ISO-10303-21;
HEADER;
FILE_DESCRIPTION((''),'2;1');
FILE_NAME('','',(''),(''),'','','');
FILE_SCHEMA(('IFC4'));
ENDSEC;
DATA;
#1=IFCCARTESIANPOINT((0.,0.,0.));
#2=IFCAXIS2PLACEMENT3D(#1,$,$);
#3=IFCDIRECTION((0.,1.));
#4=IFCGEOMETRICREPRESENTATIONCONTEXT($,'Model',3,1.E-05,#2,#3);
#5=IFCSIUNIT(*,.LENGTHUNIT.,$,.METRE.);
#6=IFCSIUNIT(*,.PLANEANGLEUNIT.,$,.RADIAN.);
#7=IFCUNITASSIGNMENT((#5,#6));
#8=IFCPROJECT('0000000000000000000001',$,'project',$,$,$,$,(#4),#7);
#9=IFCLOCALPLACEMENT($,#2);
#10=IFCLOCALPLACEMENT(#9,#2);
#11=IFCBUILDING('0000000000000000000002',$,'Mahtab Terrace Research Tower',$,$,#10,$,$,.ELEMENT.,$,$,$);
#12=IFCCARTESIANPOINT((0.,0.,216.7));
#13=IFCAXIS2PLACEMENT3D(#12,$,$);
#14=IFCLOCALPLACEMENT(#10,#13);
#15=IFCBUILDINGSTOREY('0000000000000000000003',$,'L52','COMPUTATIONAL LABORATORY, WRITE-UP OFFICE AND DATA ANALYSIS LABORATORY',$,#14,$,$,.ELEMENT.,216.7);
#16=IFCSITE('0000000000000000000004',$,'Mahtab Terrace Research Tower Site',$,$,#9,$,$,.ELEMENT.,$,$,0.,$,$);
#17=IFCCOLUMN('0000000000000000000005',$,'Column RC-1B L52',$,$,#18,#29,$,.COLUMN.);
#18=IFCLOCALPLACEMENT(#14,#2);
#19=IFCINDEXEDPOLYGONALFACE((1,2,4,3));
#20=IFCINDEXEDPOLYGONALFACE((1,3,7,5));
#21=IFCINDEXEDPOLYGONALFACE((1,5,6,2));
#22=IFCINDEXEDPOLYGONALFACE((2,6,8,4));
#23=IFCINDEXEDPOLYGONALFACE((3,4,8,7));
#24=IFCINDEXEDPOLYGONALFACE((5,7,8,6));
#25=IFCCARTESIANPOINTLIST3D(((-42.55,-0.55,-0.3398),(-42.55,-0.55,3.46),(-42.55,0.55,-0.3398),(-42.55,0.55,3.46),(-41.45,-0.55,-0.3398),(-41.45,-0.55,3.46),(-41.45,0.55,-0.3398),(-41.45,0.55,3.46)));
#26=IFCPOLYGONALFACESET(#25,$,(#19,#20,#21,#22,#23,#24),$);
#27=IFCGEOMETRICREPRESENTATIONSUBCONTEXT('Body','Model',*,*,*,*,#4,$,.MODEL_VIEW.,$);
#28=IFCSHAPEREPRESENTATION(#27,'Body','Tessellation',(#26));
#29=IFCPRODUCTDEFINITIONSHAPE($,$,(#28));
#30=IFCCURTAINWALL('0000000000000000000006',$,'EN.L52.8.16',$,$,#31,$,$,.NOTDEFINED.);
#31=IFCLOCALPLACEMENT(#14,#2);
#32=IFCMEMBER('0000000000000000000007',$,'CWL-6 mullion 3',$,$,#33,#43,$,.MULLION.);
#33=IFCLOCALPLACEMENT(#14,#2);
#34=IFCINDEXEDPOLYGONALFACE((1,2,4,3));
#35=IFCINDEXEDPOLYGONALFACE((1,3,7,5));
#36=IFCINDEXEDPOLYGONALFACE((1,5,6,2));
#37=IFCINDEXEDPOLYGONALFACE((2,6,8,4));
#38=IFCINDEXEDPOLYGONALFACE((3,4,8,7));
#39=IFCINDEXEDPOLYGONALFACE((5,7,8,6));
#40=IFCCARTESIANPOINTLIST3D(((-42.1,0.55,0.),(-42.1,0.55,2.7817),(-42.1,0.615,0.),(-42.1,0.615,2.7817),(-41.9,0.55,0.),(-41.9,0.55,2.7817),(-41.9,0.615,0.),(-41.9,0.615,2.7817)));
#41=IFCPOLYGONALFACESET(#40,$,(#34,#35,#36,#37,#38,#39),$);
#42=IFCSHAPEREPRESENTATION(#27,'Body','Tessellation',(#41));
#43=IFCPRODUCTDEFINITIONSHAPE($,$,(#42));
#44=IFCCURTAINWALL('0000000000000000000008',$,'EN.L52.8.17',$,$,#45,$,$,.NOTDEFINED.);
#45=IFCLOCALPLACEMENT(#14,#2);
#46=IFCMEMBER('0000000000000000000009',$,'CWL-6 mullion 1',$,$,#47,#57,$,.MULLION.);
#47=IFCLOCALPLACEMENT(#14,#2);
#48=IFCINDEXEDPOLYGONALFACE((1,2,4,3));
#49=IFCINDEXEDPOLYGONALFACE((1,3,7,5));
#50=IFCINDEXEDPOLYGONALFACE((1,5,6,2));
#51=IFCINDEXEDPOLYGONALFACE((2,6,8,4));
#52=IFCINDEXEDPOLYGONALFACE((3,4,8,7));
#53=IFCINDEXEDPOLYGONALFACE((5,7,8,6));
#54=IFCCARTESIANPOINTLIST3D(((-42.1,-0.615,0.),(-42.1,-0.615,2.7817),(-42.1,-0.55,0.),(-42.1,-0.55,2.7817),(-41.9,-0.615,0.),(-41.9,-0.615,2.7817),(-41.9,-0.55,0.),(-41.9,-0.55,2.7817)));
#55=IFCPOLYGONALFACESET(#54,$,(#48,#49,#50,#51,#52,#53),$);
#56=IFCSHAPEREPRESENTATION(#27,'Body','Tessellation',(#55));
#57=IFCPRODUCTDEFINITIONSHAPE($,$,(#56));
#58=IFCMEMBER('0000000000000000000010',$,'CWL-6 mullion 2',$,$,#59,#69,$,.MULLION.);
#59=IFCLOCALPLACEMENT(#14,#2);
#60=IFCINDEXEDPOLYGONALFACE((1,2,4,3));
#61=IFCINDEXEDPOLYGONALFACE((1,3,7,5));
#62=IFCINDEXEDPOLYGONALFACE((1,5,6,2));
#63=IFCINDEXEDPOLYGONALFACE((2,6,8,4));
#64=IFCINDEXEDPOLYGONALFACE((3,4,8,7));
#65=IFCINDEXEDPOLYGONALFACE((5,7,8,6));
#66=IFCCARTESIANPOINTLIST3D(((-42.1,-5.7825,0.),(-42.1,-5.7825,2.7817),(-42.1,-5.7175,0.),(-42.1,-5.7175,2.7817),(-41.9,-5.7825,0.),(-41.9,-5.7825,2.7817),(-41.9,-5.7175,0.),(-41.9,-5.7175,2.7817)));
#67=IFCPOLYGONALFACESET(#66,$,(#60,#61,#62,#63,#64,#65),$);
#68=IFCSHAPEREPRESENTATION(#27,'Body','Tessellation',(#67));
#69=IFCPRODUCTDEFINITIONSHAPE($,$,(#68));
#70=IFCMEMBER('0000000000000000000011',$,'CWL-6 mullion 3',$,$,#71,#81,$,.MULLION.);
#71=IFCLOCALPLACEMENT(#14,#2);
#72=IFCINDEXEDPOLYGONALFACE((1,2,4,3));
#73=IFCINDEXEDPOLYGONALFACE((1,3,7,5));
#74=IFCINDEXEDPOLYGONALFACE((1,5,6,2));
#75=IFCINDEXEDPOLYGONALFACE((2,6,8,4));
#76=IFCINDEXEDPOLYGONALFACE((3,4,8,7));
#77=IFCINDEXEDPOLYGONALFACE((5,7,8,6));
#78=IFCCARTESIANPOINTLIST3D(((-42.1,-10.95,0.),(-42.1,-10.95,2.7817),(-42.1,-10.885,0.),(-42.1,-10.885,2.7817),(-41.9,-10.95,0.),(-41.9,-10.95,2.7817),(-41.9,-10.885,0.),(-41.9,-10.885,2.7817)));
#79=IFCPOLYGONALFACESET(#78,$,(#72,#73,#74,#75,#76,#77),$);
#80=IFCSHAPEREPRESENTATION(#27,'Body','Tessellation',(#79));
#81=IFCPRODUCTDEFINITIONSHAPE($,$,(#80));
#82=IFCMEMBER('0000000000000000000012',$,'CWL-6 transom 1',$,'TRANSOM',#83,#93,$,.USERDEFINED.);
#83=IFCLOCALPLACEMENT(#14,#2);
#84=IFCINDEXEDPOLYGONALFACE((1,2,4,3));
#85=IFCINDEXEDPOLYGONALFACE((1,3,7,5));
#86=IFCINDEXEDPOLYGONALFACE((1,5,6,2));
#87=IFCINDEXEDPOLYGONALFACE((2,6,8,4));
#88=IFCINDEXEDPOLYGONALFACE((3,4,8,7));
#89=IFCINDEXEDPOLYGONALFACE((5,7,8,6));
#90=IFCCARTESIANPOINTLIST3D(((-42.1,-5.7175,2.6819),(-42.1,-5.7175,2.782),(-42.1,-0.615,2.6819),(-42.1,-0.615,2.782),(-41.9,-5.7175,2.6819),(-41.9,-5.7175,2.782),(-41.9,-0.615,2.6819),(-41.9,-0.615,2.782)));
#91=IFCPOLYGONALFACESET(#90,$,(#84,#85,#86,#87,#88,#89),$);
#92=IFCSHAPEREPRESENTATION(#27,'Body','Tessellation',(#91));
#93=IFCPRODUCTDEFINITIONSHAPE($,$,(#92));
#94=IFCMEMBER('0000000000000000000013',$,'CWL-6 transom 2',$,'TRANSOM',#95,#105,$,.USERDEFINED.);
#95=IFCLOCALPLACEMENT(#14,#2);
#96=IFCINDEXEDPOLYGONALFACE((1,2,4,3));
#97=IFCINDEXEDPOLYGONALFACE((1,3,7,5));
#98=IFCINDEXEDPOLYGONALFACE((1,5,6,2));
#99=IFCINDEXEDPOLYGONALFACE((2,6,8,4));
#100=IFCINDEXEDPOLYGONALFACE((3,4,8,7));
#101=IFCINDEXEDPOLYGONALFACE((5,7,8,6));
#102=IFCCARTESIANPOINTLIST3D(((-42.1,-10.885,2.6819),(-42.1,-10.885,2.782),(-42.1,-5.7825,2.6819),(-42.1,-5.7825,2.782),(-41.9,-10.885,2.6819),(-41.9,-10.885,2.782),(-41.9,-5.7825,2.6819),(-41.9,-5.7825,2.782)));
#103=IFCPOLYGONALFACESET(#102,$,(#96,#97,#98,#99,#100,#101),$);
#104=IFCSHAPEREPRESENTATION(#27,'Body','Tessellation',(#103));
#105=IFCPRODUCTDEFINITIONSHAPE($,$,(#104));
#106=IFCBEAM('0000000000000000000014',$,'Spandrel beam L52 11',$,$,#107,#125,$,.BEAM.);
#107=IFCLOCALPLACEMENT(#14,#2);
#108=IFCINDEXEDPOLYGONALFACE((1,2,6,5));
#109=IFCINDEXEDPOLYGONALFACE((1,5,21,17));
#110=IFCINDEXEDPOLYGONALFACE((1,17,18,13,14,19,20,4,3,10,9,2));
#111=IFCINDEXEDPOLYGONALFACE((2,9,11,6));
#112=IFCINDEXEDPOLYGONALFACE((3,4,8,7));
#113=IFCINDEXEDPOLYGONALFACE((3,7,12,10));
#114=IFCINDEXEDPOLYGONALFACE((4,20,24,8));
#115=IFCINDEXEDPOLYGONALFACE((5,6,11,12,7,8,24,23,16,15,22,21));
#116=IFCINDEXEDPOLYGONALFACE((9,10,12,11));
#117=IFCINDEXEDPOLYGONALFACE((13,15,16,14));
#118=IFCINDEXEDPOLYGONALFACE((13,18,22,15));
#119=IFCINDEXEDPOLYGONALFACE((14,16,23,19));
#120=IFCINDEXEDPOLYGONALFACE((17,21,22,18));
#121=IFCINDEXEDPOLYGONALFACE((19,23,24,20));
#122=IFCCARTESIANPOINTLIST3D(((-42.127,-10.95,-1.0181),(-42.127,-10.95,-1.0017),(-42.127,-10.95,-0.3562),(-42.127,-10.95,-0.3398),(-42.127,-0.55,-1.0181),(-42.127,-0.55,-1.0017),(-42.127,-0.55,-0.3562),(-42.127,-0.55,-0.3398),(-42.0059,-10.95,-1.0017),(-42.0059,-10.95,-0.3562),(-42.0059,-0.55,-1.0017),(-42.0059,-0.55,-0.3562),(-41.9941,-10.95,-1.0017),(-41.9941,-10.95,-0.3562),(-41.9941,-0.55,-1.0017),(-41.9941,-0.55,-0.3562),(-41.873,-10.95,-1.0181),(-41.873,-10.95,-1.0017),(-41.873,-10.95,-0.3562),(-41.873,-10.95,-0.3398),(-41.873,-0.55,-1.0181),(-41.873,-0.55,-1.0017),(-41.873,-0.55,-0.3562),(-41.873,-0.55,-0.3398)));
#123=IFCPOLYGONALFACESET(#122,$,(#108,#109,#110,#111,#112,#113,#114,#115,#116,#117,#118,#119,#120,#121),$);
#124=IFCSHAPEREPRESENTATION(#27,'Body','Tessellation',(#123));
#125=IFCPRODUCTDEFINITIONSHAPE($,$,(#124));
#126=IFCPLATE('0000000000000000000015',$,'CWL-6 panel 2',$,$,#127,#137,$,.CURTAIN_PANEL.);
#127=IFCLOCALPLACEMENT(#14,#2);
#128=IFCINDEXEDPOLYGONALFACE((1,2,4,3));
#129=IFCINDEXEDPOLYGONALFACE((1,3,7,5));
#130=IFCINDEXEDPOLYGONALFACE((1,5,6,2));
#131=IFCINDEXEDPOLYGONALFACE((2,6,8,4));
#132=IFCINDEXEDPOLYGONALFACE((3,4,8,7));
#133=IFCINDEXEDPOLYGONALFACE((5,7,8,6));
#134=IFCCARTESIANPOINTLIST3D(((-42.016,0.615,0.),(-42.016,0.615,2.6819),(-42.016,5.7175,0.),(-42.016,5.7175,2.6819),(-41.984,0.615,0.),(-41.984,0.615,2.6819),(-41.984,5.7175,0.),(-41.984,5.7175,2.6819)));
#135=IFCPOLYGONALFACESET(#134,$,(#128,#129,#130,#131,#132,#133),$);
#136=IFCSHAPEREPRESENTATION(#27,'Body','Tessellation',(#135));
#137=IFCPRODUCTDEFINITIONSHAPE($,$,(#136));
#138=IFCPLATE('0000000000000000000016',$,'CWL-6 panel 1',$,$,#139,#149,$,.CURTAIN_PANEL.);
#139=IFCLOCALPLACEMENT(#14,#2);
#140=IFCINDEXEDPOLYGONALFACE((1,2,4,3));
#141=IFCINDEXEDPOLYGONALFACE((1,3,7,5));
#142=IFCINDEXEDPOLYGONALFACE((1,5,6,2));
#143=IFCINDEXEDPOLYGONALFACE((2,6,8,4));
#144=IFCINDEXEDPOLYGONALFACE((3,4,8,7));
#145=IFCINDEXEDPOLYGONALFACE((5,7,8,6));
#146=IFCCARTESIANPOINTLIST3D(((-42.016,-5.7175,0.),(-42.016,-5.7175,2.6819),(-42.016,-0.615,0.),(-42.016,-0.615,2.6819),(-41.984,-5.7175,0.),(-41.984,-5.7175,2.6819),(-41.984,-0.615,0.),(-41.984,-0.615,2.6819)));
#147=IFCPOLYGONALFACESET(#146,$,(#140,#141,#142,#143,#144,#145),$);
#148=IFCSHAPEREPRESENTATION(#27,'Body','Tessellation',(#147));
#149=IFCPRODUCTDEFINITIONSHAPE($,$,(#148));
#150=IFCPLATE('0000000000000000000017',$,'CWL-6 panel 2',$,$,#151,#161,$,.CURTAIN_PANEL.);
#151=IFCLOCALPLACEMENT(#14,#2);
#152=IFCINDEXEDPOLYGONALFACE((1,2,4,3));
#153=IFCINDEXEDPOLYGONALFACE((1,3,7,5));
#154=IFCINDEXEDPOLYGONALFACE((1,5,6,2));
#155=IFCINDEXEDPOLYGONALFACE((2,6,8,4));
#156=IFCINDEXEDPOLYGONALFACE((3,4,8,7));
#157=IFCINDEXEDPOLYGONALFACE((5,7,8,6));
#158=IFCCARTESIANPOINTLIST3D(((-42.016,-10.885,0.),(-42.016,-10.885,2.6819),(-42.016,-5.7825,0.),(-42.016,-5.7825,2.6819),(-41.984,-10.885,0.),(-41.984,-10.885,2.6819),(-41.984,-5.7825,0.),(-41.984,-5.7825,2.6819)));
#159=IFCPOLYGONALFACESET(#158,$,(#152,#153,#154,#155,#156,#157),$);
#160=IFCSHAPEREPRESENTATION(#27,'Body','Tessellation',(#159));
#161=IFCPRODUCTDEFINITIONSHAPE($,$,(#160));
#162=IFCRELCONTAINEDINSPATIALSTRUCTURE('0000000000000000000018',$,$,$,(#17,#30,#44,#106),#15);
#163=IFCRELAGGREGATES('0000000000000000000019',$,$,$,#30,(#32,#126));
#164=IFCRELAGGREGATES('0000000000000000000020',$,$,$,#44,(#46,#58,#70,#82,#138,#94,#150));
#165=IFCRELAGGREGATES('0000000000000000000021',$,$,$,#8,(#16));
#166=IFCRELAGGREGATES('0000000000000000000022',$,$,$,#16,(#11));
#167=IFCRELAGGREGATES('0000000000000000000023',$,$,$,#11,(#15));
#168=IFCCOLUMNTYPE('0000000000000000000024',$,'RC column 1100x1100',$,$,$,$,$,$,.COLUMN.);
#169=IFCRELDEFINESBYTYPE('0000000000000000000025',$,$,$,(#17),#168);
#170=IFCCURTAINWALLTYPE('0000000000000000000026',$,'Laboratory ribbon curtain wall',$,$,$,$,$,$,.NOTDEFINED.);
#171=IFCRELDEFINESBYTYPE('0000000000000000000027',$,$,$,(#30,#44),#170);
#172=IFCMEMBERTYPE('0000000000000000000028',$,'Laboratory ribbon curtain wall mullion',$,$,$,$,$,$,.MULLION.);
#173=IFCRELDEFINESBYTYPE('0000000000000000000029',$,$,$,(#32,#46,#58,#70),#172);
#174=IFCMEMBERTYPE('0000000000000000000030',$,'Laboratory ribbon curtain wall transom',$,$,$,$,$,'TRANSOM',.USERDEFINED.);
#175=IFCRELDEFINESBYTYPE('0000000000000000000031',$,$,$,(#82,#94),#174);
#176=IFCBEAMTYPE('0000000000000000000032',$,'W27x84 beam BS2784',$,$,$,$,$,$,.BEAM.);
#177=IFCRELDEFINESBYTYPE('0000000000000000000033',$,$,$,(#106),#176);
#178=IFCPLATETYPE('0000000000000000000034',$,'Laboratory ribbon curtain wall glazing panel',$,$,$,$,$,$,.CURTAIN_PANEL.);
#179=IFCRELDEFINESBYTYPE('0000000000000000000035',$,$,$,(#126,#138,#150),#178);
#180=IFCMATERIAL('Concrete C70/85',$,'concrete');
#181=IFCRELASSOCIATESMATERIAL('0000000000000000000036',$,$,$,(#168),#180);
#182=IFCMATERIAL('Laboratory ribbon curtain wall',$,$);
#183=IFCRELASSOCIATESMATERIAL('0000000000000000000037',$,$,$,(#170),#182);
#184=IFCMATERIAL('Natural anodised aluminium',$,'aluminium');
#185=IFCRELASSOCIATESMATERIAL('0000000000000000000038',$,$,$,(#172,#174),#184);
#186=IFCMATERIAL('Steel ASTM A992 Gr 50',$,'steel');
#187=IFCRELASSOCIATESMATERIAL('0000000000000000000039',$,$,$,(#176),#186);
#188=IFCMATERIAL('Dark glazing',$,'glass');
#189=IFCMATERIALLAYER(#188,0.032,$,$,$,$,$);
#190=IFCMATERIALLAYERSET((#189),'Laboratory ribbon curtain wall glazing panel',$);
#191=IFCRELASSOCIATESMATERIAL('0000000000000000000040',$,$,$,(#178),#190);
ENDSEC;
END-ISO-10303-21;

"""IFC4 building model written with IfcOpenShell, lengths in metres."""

from ifc_helpers import new_model, si_unit, direction, frame, origin, origin_2d, place, context, subcontext, project, spatial, rectangle, i_section, extrude, material, layer, layer_set, material_profile, profile_set, type_object, element, aggregate, save


model = new_model("IFC4")

# Units and contexts
model_context = context("Model", 3, precision=1e-05, world=origin(), true_north=direction((0.0, 1.0)))
body_context = subcontext(model_context, "Body", "Model", "MODEL_VIEW")
ifc_project = project(units=[si_unit("LENGTHUNIT", "METRE"), si_unit("PLANEANGLEUNIT", "RADIAN")], contexts=[model_context])

# Site, building, storey
site_placement = place(None, origin())
site = spatial("IfcSite", under=ifc_project, at=site_placement, Name="Mahtab Terrace Research Tower Site", CompositionType="ELEMENT", RefElevation=0.0)
building_placement = place(site_placement, origin())
building = spatial("IfcBuilding", under=site, at=building_placement, Name="Mahtab Terrace Research Tower", CompositionType="ELEMENT")
storey_placement = place(building_placement, frame((0.0, 0.0, 216.7)))
storey = spatial("IfcBuildingStorey", under=building, at=storey_placement, Name="L52", Description="COMPUTATIONAL LABORATORY, WRITE-UP OFFICE AND DATA ANALYSIS LABORATORY", CompositionType="ELEMENT", Elevation=216.7)

# Column
ifc_material_1 = material(Name="Concrete C70/85", Category="concrete")
ifc_material_profile_1 = material_profile(ifc_material_1, rectangle(XDim=1.1001, YDim=1.1001, at=origin_2d()), Name="RC column 1100x1100")
ifc_profile_set_1 = profile_set([ifc_material_profile_1], Name="Concrete C70/85")
column_type = type_object("IfcColumnType", Name="RC column 1100x1100", PredefinedType="COLUMN", material=ifc_profile_set_1)
column_placement = place(storey_placement, frame((-42.0, 0.0, -0.3398), z_axis=(0.0, 0.0, 1.0), x_axis=(1.0, 0.0, 0.0)))
element("IfcColumn", 1, at=column_placement, inside=storey, type_object=column_type, Name="Column RC-1B L52", PredefinedType="COLUMN", context=body_context, shape_type="SweptSolid", body=[
    extrude(rectangle(XDim=1.1001, YDim=1.1001, at=origin_2d()), origin(), (0.0, 0.0, 1.0), 3.7998),
])

# Curtain wall, member
ifc_material_2 = material(Name="Laboratory ribbon curtain wall")
curtain_wall_type = type_object("IfcCurtainWallType", Name="Laboratory ribbon curtain wall", PredefinedType="NOTDEFINED", material=ifc_material_2)
curtain_wall_1_placement = place(storey_placement, origin())
curtain_wall_1 = element("IfcCurtainWall", 2, at=curtain_wall_1_placement, inside=storey, type_object=curtain_wall_type, Name="EN.L52.8.16", PredefinedType="NOTDEFINED")
ifc_material_3 = material(Name="Natural anodised aluminium", Category="aluminium")
ifc_material_profile_2 = material_profile(ifc_material_3, rectangle(XDim=0.2, YDim=0.0649, at=origin_2d()), Name="MULLION 65x200")
ifc_profile_set_2 = profile_set([ifc_material_profile_2], Name="Natural anodised aluminium")
member_type_1 = type_object("IfcMemberType", Name="Laboratory ribbon curtain wall mullion", PredefinedType="MULLION", material=ifc_profile_set_2)
member_1_placement = place(storey_placement, frame((-42.0, 0.5825, 0.0), z_axis=(0.0, 0.0, 1.0), x_axis=(1.0, 0.0, 0.0)))
member_1 = element("IfcMember", 3, at=member_1_placement, type_object=member_type_1, Name="CWL-6 mullion 3", PredefinedType="MULLION", context=body_context, shape_type="SweptSolid", body=[
    extrude(rectangle(XDim=0.2, YDim=0.0649, at=origin_2d()), origin(), (0.0, 0.0, 1.0), 2.7817),
])

# Curtain wall, members
curtain_wall_2_placement = place(storey_placement, origin())
curtain_wall_2 = element("IfcCurtainWall", 4, at=curtain_wall_2_placement, inside=storey, type_object=curtain_wall_type, Name="EN.L52.8.17", PredefinedType="NOTDEFINED")
member_2_placement = place(storey_placement, frame((-42.0, -0.5825, 0.0), z_axis=(0.0, 0.0, 1.0), x_axis=(1.0, 0.0, 0.0)))
member_2 = element("IfcMember", 5, at=member_2_placement, type_object=member_type_1, Name="CWL-6 mullion 1", PredefinedType="MULLION", context=body_context, shape_type="SweptSolid", body=[
    extrude(rectangle(XDim=0.2, YDim=0.0649, at=origin_2d()), origin(), (0.0, 0.0, 1.0), 2.7817),
])
member_3_placement = place(storey_placement, frame((-42.0, -5.75, 0.0), z_axis=(0.0, 0.0, 1.0), x_axis=(1.0, 0.0, 0.0)))
member_3 = element("IfcMember", 6, at=member_3_placement, type_object=member_type_1, Name="CWL-6 mullion 2", PredefinedType="MULLION", context=body_context, shape_type="SweptSolid", body=[
    extrude(rectangle(XDim=0.2, YDim=0.0649, at=origin_2d()), origin(), (0.0, 0.0, 1.0), 2.7817),
])
member_4_placement = place(storey_placement, frame((-42.0, -10.9175, 0.0), z_axis=(0.0, 0.0, 1.0), x_axis=(1.0, 0.0, 0.0)))
member_4 = element("IfcMember", 7, at=member_4_placement, type_object=member_type_1, Name="CWL-6 mullion 3", PredefinedType="MULLION", context=body_context, shape_type="SweptSolid", body=[
    extrude(rectangle(XDim=0.2, YDim=0.0649, at=origin_2d()), origin(), (0.0, 0.0, 1.0), 2.7817),
])
ifc_material_profile_3 = material_profile(ifc_material_3, rectangle(XDim=0.2, YDim=0.1001, at=origin_2d()), Name="TRANSOM 100x200")
ifc_profile_set_3 = profile_set([ifc_material_profile_3], Name="Natural anodised aluminium")
member_type_2 = type_object("IfcMemberType", Name="Laboratory ribbon curtain wall transom", ElementType="TRANSOM", PredefinedType="USERDEFINED", material=ifc_profile_set_3)
member_5_placement = place(storey_placement, frame((-42.0, -0.615, 2.7319), z_axis=(0.0, -1.0, 0.0), x_axis=(1.0, 0.0, 0.0)))
member_5 = element("IfcMember", 8, at=member_5_placement, type_object=member_type_2, Name="CWL-6 transom 1", ObjectType="TRANSOM", PredefinedType="USERDEFINED", context=body_context, shape_type="SweptSolid", body=[
    extrude(rectangle(XDim=0.2, YDim=0.1001, at=origin_2d()), origin(), (0.0, 0.0, 1.0), 5.1025),
])
member_6_placement = place(storey_placement, frame((-42.0, -5.7825, 2.7319), z_axis=(0.0, -1.0, 0.0), x_axis=(1.0, 0.0, 0.0)))
member_6 = element("IfcMember", 9, at=member_6_placement, type_object=member_type_2, Name="CWL-6 transom 2", ObjectType="TRANSOM", PredefinedType="USERDEFINED", context=body_context, shape_type="SweptSolid", body=[
    extrude(rectangle(XDim=0.2, YDim=0.1001, at=origin_2d()), origin(), (0.0, 0.0, 1.0), 5.1025),
])

# Beam
ifc_material_4 = material(Name="Steel ASTM A992 Gr 50", Category="steel")
ifc_material_profile_4 = material_profile(ifc_material_4, i_section(OverallWidth=0.2539, OverallDepth=0.6782, WebThickness=0.0117, FlangeThickness=0.0164, at=origin_2d()), Name="W27X84")
ifc_profile_set_4 = profile_set([ifc_material_profile_4], Name="Steel ASTM A992 Gr 50")
beam_type = type_object("IfcBeamType", Name="W27x84 beam BS2784", PredefinedType="BEAM", material=ifc_profile_set_4)
beam_placement = place(storey_placement, frame((-42.0, -0.55, -0.679), z_axis=(0.0, -1.0, 0.0), x_axis=(1.0, 0.0, 0.0)))
element("IfcBeam", 10, at=beam_placement, inside=storey, type_object=beam_type, Name="Spandrel beam L52 11", PredefinedType="BEAM", context=body_context, shape_type="SweptSolid", body=[
    extrude(i_section(OverallWidth=0.2539, OverallDepth=0.6782, WebThickness=0.0117, FlangeThickness=0.0164, at=origin_2d()), origin(), (0.0, 0.0, 1.0), 10.3999),
])

# Plates
ifc_material_5 = material(Name="Dark glazing", Category="glass")
ifc_layer_1 = layer(ifc_material_5, 0.032)
ifc_layer_set_1 = layer_set([ifc_layer_1], Name="Laboratory ribbon curtain wall glazing panel")
plate_type = type_object("IfcPlateType", Name="Laboratory ribbon curtain wall glazing panel", PredefinedType="CURTAIN_PANEL", material=ifc_layer_set_1)
plate_1_placement = place(storey_placement, frame((-42.0, 3.1663, 0.0), z_axis=(0.0, 0.0, 1.0), x_axis=(0.0, -1.0, 0.0)))
plate_1 = element("IfcPlate", 11, at=plate_1_placement, type_object=plate_type, Name="CWL-6 panel 2", PredefinedType="CURTAIN_PANEL", context=body_context, shape_type="SweptSolid", body=[
    extrude(rectangle(XDim=5.1025, YDim=0.032, at=origin_2d()), origin(), (0.0, 0.0, 1.0), 2.6819),
])
aggregate(curtain_wall_1, [member_1, plate_1])
plate_2_placement = place(storey_placement, frame((-42.0, -3.1663, 0.0), z_axis=(0.0, 0.0, 1.0), x_axis=(0.0, -1.0, 0.0)))
plate_2 = element("IfcPlate", 12, at=plate_2_placement, type_object=plate_type, Name="CWL-6 panel 1", PredefinedType="CURTAIN_PANEL", context=body_context, shape_type="SweptSolid", body=[
    extrude(rectangle(XDim=5.1025, YDim=0.032, at=origin_2d()), origin(), (0.0, 0.0, 1.0), 2.6819),
])
plate_3_placement = place(storey_placement, frame((-42.0, -8.3337, 0.0), z_axis=(0.0, 0.0, 1.0), x_axis=(0.0, -1.0, 0.0)))
plate_3 = element("IfcPlate", 13, at=plate_3_placement, type_object=plate_type, Name="CWL-6 panel 2", PredefinedType="CURTAIN_PANEL", context=body_context, shape_type="SweptSolid", body=[
    extrude(rectangle(XDim=5.1025, YDim=0.032, at=origin_2d()), origin(), (0.0, 0.0, 1.0), 2.6819),
])
aggregate(curtain_wall_2, [member_2, member_3, member_4, member_5, plate_2, member_6, plate_3])

save(model, "model.ifc")
